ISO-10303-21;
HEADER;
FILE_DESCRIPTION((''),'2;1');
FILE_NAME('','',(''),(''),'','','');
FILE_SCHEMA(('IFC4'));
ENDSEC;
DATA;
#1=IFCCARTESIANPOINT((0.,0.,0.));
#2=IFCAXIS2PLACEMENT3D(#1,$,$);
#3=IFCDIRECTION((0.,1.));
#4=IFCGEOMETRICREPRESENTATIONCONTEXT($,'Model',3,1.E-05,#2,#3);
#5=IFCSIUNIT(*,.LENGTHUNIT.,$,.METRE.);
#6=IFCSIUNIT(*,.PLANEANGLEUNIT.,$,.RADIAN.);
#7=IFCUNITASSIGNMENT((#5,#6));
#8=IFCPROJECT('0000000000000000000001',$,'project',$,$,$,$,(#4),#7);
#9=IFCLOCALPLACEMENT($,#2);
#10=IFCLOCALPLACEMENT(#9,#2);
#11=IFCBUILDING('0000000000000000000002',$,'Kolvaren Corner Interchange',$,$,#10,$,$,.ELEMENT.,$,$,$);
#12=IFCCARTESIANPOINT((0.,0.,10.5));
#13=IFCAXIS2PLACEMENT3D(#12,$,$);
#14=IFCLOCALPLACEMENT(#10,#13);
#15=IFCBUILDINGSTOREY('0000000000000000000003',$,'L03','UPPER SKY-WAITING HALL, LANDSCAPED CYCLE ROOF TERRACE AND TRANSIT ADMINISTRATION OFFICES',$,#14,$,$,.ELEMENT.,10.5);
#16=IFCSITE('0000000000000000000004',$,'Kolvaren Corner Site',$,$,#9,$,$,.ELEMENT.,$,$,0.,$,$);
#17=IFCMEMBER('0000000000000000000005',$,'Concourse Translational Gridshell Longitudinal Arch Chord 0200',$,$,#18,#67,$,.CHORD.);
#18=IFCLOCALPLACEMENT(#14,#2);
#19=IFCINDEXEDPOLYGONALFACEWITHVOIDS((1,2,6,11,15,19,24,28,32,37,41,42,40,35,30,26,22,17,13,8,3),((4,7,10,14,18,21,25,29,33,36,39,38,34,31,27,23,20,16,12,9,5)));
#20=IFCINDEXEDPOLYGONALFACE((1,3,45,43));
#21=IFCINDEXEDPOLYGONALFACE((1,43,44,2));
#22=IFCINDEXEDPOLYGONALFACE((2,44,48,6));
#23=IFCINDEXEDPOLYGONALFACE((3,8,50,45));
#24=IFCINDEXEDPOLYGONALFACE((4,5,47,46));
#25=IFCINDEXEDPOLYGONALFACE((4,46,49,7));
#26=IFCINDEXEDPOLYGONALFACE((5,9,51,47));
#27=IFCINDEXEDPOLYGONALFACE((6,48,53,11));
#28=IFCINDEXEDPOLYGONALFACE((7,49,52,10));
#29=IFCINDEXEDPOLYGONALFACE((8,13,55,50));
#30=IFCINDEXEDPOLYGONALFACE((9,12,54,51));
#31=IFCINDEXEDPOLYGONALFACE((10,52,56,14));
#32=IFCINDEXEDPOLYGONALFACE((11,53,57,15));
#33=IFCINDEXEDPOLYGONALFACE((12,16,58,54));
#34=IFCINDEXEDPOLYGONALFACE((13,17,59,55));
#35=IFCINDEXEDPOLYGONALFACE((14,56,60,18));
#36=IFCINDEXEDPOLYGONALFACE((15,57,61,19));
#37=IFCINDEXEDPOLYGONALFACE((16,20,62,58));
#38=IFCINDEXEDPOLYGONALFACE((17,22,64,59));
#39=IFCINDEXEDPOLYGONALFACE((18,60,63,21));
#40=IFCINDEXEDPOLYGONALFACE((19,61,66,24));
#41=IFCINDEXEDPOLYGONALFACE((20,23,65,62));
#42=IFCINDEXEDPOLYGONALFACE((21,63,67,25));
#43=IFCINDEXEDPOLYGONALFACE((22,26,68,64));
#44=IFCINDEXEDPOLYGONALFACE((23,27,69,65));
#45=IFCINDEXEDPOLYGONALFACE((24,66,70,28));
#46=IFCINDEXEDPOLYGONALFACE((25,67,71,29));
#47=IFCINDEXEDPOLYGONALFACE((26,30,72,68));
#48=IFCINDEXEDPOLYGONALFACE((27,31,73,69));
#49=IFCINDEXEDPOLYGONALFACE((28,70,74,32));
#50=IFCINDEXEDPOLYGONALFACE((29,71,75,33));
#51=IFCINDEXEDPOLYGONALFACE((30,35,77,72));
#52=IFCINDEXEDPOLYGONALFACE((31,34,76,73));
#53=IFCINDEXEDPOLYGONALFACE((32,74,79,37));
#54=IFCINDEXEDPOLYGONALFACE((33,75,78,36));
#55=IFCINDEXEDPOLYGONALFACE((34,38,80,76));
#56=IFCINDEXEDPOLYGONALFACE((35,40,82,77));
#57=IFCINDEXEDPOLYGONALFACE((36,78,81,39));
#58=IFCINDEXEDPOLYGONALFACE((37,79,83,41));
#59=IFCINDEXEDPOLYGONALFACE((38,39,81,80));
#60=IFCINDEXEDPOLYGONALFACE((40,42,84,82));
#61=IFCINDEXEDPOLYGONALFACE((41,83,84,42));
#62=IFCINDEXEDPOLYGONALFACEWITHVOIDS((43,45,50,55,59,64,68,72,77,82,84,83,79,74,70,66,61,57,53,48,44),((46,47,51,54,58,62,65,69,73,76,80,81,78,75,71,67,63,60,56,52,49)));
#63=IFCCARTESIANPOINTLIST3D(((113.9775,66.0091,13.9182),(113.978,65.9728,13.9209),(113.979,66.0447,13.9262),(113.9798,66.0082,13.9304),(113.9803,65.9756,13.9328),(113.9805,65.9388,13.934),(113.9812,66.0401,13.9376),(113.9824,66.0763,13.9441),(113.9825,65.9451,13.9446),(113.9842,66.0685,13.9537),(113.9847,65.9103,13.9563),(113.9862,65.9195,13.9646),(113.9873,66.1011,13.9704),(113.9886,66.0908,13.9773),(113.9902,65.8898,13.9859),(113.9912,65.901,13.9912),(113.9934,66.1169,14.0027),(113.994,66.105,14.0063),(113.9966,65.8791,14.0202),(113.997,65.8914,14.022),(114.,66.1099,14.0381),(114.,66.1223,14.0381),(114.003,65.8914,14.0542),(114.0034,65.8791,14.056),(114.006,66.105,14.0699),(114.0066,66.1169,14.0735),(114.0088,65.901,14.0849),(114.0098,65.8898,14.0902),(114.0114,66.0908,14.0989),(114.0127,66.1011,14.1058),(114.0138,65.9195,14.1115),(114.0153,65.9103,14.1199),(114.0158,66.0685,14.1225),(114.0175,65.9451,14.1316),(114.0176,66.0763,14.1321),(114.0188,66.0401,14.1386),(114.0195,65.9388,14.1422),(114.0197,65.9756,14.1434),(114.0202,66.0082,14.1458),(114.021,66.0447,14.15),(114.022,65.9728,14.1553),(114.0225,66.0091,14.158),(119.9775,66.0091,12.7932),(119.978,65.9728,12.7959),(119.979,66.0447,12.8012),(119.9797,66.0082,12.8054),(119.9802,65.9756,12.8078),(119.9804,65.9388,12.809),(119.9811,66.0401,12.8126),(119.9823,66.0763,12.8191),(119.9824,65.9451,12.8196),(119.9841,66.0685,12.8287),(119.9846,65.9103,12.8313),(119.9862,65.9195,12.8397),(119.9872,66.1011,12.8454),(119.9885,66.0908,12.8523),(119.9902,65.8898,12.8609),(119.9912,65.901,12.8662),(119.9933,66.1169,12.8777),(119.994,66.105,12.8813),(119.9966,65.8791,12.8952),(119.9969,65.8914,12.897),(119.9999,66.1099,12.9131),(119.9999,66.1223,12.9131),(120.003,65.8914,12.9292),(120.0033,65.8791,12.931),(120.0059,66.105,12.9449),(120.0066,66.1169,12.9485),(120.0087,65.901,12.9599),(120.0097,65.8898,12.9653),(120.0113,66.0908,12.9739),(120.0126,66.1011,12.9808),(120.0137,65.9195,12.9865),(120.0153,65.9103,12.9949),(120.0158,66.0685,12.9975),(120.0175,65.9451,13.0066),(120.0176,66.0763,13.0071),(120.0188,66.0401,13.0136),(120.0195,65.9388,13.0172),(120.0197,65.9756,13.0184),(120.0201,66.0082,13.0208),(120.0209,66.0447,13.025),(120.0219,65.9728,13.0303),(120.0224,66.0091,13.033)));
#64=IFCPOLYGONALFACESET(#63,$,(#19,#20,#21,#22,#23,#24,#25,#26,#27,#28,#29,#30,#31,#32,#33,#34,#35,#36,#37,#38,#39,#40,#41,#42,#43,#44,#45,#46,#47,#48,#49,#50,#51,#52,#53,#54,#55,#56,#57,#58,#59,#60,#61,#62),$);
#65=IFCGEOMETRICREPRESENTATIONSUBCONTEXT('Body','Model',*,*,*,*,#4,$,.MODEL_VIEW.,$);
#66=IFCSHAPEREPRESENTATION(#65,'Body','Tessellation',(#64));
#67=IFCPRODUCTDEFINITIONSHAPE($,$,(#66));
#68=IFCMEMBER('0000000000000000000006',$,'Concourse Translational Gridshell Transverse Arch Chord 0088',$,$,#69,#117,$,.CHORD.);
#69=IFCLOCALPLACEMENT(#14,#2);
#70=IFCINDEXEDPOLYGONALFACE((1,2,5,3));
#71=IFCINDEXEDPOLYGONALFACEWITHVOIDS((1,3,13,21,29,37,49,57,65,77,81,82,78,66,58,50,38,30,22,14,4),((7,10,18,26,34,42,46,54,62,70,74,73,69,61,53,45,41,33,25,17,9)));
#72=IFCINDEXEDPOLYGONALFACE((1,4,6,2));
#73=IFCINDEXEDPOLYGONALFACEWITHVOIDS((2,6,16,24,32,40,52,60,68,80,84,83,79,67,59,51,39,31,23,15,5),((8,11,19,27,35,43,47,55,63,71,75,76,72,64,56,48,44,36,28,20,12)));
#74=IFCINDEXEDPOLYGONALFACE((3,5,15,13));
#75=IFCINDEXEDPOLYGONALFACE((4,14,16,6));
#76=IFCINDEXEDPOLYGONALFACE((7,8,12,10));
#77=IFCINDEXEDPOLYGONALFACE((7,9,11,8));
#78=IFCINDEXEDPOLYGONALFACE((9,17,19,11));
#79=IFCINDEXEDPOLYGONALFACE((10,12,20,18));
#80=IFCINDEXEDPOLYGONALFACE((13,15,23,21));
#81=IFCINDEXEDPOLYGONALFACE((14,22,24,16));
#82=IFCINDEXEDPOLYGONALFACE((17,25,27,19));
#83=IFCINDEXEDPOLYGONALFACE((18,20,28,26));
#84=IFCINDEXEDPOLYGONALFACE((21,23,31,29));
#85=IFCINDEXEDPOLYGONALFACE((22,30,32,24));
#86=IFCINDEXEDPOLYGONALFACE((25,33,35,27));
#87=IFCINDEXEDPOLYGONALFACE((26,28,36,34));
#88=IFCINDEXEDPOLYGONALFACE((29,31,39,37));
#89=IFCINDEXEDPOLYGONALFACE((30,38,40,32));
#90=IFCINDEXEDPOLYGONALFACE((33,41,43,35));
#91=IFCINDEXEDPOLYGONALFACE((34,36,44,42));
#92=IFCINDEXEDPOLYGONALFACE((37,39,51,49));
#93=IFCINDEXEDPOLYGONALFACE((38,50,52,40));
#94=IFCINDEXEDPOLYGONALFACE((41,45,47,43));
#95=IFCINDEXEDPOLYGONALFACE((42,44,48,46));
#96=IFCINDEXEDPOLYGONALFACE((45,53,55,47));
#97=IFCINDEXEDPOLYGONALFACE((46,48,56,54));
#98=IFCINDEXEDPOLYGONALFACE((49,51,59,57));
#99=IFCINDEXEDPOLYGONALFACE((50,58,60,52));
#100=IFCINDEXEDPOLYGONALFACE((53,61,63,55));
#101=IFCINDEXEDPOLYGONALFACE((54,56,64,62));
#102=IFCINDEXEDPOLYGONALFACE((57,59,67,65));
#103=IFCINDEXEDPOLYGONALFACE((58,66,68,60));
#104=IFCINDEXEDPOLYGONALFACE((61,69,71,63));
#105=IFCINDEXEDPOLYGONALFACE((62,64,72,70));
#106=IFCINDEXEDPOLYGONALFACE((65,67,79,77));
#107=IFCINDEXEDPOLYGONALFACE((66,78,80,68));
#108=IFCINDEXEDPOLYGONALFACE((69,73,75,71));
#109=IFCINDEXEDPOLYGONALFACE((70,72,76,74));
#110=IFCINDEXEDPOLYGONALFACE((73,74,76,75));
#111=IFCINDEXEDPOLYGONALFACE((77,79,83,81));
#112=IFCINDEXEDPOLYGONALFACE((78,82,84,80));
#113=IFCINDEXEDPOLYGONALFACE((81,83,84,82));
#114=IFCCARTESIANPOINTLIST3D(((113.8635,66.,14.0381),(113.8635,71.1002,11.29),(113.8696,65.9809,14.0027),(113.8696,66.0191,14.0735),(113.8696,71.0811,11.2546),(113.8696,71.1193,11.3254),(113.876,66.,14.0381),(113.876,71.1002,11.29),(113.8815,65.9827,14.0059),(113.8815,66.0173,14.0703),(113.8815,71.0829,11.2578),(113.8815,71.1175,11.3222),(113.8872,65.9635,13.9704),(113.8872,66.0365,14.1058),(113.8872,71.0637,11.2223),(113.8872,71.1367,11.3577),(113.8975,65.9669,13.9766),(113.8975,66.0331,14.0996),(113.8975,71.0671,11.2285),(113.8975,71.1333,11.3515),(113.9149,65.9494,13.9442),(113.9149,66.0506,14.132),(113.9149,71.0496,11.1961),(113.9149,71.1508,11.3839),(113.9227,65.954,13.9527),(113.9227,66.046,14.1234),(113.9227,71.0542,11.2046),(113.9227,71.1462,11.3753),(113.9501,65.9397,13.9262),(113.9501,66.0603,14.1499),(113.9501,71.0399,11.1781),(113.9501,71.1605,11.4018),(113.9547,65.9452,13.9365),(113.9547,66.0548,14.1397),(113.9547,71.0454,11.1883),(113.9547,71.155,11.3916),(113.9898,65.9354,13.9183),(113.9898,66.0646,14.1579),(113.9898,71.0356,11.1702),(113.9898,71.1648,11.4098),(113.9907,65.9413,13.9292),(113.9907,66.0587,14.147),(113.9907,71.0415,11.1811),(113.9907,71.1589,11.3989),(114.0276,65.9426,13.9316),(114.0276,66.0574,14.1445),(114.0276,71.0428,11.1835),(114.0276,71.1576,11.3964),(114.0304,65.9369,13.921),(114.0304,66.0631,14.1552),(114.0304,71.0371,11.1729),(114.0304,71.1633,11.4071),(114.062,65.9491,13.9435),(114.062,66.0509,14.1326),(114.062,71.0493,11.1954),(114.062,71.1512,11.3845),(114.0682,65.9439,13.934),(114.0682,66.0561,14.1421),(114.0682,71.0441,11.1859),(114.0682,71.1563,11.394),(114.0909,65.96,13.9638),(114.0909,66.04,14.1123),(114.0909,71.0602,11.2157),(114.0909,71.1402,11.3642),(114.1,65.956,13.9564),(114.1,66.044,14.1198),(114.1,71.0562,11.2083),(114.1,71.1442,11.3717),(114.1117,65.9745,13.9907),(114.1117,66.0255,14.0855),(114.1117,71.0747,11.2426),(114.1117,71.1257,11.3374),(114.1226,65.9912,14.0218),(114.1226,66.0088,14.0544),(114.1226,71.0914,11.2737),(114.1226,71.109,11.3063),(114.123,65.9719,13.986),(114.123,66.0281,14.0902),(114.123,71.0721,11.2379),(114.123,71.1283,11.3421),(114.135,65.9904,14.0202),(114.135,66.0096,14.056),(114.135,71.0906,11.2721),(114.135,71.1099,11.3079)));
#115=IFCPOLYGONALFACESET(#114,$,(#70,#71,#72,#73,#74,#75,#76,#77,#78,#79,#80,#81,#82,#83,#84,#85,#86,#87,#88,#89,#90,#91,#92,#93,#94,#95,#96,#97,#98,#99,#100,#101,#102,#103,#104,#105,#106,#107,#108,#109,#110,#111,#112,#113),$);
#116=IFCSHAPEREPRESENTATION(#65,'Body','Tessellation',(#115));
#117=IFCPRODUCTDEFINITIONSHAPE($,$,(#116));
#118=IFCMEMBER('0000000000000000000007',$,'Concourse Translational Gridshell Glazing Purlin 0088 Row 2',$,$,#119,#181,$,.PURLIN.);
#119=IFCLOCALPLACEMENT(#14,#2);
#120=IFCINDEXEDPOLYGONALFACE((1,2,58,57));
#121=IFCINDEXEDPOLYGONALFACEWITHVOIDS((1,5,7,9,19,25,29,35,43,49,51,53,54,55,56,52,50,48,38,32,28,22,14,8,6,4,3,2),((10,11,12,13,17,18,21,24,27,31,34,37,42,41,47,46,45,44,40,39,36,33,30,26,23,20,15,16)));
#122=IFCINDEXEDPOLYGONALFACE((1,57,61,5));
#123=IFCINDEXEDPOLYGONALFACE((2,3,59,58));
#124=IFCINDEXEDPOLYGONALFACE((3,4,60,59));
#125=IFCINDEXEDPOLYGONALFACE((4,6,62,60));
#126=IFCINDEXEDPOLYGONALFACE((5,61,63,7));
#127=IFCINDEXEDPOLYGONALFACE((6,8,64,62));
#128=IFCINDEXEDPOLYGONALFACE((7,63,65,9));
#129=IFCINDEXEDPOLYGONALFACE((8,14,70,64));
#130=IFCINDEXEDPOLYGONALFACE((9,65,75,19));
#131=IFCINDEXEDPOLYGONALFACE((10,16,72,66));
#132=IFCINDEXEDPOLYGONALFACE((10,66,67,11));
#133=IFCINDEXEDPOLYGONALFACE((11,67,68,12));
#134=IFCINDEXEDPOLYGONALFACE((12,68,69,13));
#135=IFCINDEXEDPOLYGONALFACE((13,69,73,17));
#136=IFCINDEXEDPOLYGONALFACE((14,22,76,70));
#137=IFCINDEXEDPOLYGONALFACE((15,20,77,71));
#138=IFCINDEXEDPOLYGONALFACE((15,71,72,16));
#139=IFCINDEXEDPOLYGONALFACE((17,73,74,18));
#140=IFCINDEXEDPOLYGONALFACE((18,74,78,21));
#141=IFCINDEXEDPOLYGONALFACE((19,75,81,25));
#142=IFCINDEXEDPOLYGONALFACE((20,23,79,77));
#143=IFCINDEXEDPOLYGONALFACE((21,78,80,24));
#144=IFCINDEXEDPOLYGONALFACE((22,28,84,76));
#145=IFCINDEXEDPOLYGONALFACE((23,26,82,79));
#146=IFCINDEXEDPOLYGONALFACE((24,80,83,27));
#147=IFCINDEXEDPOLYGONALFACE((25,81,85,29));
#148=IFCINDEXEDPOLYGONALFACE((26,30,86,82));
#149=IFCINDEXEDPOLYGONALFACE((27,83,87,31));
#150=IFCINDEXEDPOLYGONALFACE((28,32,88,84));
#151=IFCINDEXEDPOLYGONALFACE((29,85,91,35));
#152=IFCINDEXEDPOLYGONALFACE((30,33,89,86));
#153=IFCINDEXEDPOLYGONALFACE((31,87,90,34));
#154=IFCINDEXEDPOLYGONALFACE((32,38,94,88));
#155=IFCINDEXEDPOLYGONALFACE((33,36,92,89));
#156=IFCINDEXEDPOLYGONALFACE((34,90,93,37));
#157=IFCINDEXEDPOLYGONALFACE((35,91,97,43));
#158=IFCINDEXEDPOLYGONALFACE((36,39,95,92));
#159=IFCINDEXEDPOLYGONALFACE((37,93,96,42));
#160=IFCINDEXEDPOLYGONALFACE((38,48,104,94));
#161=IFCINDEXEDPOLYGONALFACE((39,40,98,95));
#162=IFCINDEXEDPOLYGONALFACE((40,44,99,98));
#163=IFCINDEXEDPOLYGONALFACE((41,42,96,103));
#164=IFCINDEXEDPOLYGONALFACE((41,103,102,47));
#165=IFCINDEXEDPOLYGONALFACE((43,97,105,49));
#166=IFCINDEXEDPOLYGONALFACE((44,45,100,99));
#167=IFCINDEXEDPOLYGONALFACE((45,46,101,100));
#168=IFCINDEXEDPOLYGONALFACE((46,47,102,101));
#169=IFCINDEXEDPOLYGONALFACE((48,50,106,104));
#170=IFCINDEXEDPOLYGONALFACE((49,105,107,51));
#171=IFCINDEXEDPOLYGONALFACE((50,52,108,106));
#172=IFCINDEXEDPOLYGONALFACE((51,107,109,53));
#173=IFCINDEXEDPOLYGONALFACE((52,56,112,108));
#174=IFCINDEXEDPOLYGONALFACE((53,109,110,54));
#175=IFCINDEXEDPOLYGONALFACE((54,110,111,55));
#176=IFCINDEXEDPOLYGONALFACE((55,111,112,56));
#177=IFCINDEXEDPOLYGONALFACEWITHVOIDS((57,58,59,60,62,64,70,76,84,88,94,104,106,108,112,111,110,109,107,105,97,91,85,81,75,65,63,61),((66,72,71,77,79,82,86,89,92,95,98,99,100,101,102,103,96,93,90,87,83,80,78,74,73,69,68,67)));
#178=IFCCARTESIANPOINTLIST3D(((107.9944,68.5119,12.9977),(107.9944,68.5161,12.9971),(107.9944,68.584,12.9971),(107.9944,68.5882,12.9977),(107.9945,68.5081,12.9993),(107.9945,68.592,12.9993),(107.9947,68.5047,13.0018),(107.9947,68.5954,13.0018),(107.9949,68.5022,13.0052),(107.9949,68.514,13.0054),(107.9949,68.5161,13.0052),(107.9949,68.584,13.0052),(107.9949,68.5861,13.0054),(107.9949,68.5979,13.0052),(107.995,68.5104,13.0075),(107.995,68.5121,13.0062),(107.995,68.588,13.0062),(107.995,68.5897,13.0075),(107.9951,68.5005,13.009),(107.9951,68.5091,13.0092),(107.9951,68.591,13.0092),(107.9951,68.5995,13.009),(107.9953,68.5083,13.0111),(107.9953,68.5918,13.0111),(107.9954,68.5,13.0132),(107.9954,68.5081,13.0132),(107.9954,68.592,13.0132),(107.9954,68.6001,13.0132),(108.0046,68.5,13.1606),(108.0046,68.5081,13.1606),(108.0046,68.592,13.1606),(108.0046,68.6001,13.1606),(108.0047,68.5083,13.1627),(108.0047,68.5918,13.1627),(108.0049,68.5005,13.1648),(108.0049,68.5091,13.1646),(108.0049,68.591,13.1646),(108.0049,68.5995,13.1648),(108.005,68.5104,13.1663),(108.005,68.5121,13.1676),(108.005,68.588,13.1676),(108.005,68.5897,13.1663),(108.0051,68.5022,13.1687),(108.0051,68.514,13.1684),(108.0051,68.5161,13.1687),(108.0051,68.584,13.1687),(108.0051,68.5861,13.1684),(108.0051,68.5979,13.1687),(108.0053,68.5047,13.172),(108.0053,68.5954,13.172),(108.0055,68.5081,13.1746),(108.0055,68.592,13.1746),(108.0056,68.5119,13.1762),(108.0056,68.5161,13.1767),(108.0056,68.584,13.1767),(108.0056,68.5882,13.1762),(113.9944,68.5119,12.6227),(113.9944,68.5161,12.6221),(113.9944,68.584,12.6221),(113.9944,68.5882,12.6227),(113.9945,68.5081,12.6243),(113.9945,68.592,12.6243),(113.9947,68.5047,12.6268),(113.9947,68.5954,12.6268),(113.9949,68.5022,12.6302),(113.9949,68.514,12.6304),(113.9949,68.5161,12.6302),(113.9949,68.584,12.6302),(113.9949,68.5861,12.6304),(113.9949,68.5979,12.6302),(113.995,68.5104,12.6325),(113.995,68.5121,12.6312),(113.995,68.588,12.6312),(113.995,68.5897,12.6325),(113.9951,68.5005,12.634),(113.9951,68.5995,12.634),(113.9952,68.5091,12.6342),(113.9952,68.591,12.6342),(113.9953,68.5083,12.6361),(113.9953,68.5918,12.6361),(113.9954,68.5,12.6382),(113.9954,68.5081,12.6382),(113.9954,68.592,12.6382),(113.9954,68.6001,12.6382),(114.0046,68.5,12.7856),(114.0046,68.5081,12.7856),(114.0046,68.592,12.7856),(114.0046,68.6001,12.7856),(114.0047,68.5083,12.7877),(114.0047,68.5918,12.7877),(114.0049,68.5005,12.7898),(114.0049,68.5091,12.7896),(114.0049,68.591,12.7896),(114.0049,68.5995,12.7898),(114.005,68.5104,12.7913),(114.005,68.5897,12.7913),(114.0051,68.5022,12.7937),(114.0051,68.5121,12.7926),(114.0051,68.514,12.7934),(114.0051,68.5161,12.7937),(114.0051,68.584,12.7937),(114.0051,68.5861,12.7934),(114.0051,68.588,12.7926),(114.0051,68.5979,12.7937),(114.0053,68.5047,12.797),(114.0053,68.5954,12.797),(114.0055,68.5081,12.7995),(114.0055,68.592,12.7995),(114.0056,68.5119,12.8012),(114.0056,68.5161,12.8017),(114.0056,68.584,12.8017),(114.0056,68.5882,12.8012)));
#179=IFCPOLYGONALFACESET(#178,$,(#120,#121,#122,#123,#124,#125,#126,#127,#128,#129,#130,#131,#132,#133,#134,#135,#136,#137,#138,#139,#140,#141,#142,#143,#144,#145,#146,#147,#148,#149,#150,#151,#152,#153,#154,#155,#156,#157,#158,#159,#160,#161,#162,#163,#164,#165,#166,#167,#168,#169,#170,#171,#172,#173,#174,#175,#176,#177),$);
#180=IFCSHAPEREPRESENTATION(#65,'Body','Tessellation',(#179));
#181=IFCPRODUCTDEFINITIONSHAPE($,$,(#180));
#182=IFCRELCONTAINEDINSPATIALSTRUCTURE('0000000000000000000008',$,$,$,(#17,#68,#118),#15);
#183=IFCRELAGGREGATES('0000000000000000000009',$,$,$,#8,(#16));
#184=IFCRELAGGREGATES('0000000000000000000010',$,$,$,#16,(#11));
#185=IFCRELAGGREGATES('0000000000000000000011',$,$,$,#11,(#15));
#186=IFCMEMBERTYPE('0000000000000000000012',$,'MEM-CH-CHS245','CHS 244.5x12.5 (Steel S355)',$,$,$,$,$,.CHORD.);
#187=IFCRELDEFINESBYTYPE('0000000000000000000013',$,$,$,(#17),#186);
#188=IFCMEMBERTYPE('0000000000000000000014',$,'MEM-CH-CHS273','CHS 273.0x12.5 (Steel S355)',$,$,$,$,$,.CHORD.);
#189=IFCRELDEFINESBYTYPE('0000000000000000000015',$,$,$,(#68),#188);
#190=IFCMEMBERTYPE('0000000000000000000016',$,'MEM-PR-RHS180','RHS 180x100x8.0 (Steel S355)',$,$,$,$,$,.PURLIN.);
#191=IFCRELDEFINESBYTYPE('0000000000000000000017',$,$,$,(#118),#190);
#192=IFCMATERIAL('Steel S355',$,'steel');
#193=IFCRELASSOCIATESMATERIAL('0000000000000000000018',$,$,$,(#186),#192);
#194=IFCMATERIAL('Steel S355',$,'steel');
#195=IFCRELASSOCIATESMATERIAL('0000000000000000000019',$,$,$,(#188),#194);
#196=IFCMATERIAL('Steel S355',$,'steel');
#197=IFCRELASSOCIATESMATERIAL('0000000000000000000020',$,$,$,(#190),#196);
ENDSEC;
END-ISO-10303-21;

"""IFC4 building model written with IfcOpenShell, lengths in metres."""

from ifc_helpers import new_model, si_unit, direction, frame, origin, origin_2d, place, context, subcontext, project, spatial, hollow_rectangle, hollow_circle, extrude, material, material_profile, profile_set, type_object, element, save


model = new_model("IFC4")

# Units and contexts
model_context = context("Model", 3, precision=1e-05, world=origin(), true_north=direction((0.0, 1.0)))
body_context = subcontext(model_context, "Body", "Model", "MODEL_VIEW")
ifc_project = project(units=[si_unit("LENGTHUNIT", "METRE"), si_unit("PLANEANGLEUNIT", "RADIAN")], contexts=[model_context])

# Site, building, storey
site_placement = place(None, origin())
site = spatial("IfcSite", under=ifc_project, at=site_placement, Name="Kolvaren Corner Site", CompositionType="ELEMENT", RefElevation=0.0)
building_placement = place(site_placement, origin())
building = spatial("IfcBuilding", under=site, at=building_placement, Name="Kolvaren Corner Interchange", CompositionType="ELEMENT")
storey_placement = place(building_placement, frame((0.0, 0.0, 10.5)))
storey = spatial("IfcBuildingStorey", under=building, at=storey_placement, Name="L03", Description="UPPER SKY-WAITING HALL, LANDSCAPED CYCLE ROOF TERRACE AND TRANSIT ADMINISTRATION OFFICES", CompositionType="ELEMENT", Elevation=10.5)

# Members
ifc_material_1 = material(Name="Steel S355", Category="steel")
ifc_material_profile_1 = material_profile(ifc_material_1, hollow_circle(Radius=0.1223, WallThickness=0.0125, at=origin_2d()), Name="CHS 244.5x12.5")
ifc_profile_set_1 = profile_set([ifc_material_profile_1], Name="Steel S355")
member_type_1 = type_object("IfcMemberType", Name="MEM-CH-CHS245", Description="CHS 244.5x12.5 (Steel S355)", PredefinedType="CHORD", material=ifc_profile_set_1)
member_1_placement = place(storey_placement, frame((114.0, 66.0, 14.0381), z_axis=(0.982872, 0.0, -0.184289), x_axis=(0.0, 1.0, 0.0)))
element("IfcMember", 1, at=member_1_placement, inside=storey, type_object=member_type_1, Name="Concourse Translational Gridshell Longitudinal Arch Chord 0200", PredefinedType="CHORD", context=body_context, shape_type="SweptSolid", body=[
    extrude(hollow_circle(Radius=0.1223, WallThickness=0.0125, at=origin_2d()), origin(), (0.0, 0.0, 1.0), 6.1045),
])
ifc_material_2 = material(Name="Steel S355", Category="steel")
ifc_material_profile_2 = material_profile(ifc_material_2, hollow_circle(Radius=0.1365, WallThickness=0.0125, at=origin_2d()), Name="CHS 273.0x12.5")
ifc_profile_set_2 = profile_set([ifc_material_profile_2], Name="Steel S355")
member_type_2 = type_object("IfcMemberType", Name="MEM-CH-CHS273", Description="CHS 273.0x12.5 (Steel S355)", PredefinedType="CHORD", material=ifc_profile_set_2)
member_2_placement = place(storey_placement, frame((114.0, 66.0, 14.0381), z_axis=(0.0, 0.880338, -0.474346), x_axis=(-1.0, 0.0, 0.0)))
element("IfcMember", 2, at=member_2_placement, inside=storey, type_object=member_type_2, Name="Concourse Translational Gridshell Transverse Arch Chord 0088", PredefinedType="CHORD", context=body_context, shape_type="SweptSolid", body=[
    extrude(hollow_circle(Radius=0.1365, WallThickness=0.0125, at=origin_2d()), origin(), (0.0, 0.0, 1.0), 5.7935),
])
ifc_material_3 = material(Name="Steel S355", Category="steel")
ifc_material_profile_3 = material_profile(ifc_material_3, hollow_rectangle(XDim=0.1001, YDim=0.1799, WallThickness=0.0081, InnerFilletRadius=0.0081, OuterFilletRadius=0.0161, at=origin_2d()), Name="RHS 180x100x8.0")
ifc_profile_set_3 = profile_set([ifc_material_profile_3], Name="Steel S355")
member_type_3 = type_object("IfcMemberType", Name="MEM-PR-RHS180", Description="RHS 180x100x8.0 (Steel S355)", PredefinedType="PURLIN", material=ifc_profile_set_3)
member_3_placement = place(storey_placement, frame((108.0, 68.55, 13.0869), z_axis=(0.998053, 0.0, -0.062378), x_axis=(0.0, 1.0, 0.0)))
element("IfcMember", 3, at=member_3_placement, inside=storey, type_object=member_type_3, Name="Concourse Translational Gridshell Glazing Purlin 0088 Row 2", PredefinedType="PURLIN", context=body_context, shape_type="SweptSolid", body=[
    extrude(hollow_rectangle(XDim=0.1001, YDim=0.1799, WallThickness=0.0081, InnerFilletRadius=0.0081, OuterFilletRadius=0.0161, at=origin_2d()), origin(), (0.0, 0.0, 1.0), 6.0117),
])

save(model, "model.ifc")
